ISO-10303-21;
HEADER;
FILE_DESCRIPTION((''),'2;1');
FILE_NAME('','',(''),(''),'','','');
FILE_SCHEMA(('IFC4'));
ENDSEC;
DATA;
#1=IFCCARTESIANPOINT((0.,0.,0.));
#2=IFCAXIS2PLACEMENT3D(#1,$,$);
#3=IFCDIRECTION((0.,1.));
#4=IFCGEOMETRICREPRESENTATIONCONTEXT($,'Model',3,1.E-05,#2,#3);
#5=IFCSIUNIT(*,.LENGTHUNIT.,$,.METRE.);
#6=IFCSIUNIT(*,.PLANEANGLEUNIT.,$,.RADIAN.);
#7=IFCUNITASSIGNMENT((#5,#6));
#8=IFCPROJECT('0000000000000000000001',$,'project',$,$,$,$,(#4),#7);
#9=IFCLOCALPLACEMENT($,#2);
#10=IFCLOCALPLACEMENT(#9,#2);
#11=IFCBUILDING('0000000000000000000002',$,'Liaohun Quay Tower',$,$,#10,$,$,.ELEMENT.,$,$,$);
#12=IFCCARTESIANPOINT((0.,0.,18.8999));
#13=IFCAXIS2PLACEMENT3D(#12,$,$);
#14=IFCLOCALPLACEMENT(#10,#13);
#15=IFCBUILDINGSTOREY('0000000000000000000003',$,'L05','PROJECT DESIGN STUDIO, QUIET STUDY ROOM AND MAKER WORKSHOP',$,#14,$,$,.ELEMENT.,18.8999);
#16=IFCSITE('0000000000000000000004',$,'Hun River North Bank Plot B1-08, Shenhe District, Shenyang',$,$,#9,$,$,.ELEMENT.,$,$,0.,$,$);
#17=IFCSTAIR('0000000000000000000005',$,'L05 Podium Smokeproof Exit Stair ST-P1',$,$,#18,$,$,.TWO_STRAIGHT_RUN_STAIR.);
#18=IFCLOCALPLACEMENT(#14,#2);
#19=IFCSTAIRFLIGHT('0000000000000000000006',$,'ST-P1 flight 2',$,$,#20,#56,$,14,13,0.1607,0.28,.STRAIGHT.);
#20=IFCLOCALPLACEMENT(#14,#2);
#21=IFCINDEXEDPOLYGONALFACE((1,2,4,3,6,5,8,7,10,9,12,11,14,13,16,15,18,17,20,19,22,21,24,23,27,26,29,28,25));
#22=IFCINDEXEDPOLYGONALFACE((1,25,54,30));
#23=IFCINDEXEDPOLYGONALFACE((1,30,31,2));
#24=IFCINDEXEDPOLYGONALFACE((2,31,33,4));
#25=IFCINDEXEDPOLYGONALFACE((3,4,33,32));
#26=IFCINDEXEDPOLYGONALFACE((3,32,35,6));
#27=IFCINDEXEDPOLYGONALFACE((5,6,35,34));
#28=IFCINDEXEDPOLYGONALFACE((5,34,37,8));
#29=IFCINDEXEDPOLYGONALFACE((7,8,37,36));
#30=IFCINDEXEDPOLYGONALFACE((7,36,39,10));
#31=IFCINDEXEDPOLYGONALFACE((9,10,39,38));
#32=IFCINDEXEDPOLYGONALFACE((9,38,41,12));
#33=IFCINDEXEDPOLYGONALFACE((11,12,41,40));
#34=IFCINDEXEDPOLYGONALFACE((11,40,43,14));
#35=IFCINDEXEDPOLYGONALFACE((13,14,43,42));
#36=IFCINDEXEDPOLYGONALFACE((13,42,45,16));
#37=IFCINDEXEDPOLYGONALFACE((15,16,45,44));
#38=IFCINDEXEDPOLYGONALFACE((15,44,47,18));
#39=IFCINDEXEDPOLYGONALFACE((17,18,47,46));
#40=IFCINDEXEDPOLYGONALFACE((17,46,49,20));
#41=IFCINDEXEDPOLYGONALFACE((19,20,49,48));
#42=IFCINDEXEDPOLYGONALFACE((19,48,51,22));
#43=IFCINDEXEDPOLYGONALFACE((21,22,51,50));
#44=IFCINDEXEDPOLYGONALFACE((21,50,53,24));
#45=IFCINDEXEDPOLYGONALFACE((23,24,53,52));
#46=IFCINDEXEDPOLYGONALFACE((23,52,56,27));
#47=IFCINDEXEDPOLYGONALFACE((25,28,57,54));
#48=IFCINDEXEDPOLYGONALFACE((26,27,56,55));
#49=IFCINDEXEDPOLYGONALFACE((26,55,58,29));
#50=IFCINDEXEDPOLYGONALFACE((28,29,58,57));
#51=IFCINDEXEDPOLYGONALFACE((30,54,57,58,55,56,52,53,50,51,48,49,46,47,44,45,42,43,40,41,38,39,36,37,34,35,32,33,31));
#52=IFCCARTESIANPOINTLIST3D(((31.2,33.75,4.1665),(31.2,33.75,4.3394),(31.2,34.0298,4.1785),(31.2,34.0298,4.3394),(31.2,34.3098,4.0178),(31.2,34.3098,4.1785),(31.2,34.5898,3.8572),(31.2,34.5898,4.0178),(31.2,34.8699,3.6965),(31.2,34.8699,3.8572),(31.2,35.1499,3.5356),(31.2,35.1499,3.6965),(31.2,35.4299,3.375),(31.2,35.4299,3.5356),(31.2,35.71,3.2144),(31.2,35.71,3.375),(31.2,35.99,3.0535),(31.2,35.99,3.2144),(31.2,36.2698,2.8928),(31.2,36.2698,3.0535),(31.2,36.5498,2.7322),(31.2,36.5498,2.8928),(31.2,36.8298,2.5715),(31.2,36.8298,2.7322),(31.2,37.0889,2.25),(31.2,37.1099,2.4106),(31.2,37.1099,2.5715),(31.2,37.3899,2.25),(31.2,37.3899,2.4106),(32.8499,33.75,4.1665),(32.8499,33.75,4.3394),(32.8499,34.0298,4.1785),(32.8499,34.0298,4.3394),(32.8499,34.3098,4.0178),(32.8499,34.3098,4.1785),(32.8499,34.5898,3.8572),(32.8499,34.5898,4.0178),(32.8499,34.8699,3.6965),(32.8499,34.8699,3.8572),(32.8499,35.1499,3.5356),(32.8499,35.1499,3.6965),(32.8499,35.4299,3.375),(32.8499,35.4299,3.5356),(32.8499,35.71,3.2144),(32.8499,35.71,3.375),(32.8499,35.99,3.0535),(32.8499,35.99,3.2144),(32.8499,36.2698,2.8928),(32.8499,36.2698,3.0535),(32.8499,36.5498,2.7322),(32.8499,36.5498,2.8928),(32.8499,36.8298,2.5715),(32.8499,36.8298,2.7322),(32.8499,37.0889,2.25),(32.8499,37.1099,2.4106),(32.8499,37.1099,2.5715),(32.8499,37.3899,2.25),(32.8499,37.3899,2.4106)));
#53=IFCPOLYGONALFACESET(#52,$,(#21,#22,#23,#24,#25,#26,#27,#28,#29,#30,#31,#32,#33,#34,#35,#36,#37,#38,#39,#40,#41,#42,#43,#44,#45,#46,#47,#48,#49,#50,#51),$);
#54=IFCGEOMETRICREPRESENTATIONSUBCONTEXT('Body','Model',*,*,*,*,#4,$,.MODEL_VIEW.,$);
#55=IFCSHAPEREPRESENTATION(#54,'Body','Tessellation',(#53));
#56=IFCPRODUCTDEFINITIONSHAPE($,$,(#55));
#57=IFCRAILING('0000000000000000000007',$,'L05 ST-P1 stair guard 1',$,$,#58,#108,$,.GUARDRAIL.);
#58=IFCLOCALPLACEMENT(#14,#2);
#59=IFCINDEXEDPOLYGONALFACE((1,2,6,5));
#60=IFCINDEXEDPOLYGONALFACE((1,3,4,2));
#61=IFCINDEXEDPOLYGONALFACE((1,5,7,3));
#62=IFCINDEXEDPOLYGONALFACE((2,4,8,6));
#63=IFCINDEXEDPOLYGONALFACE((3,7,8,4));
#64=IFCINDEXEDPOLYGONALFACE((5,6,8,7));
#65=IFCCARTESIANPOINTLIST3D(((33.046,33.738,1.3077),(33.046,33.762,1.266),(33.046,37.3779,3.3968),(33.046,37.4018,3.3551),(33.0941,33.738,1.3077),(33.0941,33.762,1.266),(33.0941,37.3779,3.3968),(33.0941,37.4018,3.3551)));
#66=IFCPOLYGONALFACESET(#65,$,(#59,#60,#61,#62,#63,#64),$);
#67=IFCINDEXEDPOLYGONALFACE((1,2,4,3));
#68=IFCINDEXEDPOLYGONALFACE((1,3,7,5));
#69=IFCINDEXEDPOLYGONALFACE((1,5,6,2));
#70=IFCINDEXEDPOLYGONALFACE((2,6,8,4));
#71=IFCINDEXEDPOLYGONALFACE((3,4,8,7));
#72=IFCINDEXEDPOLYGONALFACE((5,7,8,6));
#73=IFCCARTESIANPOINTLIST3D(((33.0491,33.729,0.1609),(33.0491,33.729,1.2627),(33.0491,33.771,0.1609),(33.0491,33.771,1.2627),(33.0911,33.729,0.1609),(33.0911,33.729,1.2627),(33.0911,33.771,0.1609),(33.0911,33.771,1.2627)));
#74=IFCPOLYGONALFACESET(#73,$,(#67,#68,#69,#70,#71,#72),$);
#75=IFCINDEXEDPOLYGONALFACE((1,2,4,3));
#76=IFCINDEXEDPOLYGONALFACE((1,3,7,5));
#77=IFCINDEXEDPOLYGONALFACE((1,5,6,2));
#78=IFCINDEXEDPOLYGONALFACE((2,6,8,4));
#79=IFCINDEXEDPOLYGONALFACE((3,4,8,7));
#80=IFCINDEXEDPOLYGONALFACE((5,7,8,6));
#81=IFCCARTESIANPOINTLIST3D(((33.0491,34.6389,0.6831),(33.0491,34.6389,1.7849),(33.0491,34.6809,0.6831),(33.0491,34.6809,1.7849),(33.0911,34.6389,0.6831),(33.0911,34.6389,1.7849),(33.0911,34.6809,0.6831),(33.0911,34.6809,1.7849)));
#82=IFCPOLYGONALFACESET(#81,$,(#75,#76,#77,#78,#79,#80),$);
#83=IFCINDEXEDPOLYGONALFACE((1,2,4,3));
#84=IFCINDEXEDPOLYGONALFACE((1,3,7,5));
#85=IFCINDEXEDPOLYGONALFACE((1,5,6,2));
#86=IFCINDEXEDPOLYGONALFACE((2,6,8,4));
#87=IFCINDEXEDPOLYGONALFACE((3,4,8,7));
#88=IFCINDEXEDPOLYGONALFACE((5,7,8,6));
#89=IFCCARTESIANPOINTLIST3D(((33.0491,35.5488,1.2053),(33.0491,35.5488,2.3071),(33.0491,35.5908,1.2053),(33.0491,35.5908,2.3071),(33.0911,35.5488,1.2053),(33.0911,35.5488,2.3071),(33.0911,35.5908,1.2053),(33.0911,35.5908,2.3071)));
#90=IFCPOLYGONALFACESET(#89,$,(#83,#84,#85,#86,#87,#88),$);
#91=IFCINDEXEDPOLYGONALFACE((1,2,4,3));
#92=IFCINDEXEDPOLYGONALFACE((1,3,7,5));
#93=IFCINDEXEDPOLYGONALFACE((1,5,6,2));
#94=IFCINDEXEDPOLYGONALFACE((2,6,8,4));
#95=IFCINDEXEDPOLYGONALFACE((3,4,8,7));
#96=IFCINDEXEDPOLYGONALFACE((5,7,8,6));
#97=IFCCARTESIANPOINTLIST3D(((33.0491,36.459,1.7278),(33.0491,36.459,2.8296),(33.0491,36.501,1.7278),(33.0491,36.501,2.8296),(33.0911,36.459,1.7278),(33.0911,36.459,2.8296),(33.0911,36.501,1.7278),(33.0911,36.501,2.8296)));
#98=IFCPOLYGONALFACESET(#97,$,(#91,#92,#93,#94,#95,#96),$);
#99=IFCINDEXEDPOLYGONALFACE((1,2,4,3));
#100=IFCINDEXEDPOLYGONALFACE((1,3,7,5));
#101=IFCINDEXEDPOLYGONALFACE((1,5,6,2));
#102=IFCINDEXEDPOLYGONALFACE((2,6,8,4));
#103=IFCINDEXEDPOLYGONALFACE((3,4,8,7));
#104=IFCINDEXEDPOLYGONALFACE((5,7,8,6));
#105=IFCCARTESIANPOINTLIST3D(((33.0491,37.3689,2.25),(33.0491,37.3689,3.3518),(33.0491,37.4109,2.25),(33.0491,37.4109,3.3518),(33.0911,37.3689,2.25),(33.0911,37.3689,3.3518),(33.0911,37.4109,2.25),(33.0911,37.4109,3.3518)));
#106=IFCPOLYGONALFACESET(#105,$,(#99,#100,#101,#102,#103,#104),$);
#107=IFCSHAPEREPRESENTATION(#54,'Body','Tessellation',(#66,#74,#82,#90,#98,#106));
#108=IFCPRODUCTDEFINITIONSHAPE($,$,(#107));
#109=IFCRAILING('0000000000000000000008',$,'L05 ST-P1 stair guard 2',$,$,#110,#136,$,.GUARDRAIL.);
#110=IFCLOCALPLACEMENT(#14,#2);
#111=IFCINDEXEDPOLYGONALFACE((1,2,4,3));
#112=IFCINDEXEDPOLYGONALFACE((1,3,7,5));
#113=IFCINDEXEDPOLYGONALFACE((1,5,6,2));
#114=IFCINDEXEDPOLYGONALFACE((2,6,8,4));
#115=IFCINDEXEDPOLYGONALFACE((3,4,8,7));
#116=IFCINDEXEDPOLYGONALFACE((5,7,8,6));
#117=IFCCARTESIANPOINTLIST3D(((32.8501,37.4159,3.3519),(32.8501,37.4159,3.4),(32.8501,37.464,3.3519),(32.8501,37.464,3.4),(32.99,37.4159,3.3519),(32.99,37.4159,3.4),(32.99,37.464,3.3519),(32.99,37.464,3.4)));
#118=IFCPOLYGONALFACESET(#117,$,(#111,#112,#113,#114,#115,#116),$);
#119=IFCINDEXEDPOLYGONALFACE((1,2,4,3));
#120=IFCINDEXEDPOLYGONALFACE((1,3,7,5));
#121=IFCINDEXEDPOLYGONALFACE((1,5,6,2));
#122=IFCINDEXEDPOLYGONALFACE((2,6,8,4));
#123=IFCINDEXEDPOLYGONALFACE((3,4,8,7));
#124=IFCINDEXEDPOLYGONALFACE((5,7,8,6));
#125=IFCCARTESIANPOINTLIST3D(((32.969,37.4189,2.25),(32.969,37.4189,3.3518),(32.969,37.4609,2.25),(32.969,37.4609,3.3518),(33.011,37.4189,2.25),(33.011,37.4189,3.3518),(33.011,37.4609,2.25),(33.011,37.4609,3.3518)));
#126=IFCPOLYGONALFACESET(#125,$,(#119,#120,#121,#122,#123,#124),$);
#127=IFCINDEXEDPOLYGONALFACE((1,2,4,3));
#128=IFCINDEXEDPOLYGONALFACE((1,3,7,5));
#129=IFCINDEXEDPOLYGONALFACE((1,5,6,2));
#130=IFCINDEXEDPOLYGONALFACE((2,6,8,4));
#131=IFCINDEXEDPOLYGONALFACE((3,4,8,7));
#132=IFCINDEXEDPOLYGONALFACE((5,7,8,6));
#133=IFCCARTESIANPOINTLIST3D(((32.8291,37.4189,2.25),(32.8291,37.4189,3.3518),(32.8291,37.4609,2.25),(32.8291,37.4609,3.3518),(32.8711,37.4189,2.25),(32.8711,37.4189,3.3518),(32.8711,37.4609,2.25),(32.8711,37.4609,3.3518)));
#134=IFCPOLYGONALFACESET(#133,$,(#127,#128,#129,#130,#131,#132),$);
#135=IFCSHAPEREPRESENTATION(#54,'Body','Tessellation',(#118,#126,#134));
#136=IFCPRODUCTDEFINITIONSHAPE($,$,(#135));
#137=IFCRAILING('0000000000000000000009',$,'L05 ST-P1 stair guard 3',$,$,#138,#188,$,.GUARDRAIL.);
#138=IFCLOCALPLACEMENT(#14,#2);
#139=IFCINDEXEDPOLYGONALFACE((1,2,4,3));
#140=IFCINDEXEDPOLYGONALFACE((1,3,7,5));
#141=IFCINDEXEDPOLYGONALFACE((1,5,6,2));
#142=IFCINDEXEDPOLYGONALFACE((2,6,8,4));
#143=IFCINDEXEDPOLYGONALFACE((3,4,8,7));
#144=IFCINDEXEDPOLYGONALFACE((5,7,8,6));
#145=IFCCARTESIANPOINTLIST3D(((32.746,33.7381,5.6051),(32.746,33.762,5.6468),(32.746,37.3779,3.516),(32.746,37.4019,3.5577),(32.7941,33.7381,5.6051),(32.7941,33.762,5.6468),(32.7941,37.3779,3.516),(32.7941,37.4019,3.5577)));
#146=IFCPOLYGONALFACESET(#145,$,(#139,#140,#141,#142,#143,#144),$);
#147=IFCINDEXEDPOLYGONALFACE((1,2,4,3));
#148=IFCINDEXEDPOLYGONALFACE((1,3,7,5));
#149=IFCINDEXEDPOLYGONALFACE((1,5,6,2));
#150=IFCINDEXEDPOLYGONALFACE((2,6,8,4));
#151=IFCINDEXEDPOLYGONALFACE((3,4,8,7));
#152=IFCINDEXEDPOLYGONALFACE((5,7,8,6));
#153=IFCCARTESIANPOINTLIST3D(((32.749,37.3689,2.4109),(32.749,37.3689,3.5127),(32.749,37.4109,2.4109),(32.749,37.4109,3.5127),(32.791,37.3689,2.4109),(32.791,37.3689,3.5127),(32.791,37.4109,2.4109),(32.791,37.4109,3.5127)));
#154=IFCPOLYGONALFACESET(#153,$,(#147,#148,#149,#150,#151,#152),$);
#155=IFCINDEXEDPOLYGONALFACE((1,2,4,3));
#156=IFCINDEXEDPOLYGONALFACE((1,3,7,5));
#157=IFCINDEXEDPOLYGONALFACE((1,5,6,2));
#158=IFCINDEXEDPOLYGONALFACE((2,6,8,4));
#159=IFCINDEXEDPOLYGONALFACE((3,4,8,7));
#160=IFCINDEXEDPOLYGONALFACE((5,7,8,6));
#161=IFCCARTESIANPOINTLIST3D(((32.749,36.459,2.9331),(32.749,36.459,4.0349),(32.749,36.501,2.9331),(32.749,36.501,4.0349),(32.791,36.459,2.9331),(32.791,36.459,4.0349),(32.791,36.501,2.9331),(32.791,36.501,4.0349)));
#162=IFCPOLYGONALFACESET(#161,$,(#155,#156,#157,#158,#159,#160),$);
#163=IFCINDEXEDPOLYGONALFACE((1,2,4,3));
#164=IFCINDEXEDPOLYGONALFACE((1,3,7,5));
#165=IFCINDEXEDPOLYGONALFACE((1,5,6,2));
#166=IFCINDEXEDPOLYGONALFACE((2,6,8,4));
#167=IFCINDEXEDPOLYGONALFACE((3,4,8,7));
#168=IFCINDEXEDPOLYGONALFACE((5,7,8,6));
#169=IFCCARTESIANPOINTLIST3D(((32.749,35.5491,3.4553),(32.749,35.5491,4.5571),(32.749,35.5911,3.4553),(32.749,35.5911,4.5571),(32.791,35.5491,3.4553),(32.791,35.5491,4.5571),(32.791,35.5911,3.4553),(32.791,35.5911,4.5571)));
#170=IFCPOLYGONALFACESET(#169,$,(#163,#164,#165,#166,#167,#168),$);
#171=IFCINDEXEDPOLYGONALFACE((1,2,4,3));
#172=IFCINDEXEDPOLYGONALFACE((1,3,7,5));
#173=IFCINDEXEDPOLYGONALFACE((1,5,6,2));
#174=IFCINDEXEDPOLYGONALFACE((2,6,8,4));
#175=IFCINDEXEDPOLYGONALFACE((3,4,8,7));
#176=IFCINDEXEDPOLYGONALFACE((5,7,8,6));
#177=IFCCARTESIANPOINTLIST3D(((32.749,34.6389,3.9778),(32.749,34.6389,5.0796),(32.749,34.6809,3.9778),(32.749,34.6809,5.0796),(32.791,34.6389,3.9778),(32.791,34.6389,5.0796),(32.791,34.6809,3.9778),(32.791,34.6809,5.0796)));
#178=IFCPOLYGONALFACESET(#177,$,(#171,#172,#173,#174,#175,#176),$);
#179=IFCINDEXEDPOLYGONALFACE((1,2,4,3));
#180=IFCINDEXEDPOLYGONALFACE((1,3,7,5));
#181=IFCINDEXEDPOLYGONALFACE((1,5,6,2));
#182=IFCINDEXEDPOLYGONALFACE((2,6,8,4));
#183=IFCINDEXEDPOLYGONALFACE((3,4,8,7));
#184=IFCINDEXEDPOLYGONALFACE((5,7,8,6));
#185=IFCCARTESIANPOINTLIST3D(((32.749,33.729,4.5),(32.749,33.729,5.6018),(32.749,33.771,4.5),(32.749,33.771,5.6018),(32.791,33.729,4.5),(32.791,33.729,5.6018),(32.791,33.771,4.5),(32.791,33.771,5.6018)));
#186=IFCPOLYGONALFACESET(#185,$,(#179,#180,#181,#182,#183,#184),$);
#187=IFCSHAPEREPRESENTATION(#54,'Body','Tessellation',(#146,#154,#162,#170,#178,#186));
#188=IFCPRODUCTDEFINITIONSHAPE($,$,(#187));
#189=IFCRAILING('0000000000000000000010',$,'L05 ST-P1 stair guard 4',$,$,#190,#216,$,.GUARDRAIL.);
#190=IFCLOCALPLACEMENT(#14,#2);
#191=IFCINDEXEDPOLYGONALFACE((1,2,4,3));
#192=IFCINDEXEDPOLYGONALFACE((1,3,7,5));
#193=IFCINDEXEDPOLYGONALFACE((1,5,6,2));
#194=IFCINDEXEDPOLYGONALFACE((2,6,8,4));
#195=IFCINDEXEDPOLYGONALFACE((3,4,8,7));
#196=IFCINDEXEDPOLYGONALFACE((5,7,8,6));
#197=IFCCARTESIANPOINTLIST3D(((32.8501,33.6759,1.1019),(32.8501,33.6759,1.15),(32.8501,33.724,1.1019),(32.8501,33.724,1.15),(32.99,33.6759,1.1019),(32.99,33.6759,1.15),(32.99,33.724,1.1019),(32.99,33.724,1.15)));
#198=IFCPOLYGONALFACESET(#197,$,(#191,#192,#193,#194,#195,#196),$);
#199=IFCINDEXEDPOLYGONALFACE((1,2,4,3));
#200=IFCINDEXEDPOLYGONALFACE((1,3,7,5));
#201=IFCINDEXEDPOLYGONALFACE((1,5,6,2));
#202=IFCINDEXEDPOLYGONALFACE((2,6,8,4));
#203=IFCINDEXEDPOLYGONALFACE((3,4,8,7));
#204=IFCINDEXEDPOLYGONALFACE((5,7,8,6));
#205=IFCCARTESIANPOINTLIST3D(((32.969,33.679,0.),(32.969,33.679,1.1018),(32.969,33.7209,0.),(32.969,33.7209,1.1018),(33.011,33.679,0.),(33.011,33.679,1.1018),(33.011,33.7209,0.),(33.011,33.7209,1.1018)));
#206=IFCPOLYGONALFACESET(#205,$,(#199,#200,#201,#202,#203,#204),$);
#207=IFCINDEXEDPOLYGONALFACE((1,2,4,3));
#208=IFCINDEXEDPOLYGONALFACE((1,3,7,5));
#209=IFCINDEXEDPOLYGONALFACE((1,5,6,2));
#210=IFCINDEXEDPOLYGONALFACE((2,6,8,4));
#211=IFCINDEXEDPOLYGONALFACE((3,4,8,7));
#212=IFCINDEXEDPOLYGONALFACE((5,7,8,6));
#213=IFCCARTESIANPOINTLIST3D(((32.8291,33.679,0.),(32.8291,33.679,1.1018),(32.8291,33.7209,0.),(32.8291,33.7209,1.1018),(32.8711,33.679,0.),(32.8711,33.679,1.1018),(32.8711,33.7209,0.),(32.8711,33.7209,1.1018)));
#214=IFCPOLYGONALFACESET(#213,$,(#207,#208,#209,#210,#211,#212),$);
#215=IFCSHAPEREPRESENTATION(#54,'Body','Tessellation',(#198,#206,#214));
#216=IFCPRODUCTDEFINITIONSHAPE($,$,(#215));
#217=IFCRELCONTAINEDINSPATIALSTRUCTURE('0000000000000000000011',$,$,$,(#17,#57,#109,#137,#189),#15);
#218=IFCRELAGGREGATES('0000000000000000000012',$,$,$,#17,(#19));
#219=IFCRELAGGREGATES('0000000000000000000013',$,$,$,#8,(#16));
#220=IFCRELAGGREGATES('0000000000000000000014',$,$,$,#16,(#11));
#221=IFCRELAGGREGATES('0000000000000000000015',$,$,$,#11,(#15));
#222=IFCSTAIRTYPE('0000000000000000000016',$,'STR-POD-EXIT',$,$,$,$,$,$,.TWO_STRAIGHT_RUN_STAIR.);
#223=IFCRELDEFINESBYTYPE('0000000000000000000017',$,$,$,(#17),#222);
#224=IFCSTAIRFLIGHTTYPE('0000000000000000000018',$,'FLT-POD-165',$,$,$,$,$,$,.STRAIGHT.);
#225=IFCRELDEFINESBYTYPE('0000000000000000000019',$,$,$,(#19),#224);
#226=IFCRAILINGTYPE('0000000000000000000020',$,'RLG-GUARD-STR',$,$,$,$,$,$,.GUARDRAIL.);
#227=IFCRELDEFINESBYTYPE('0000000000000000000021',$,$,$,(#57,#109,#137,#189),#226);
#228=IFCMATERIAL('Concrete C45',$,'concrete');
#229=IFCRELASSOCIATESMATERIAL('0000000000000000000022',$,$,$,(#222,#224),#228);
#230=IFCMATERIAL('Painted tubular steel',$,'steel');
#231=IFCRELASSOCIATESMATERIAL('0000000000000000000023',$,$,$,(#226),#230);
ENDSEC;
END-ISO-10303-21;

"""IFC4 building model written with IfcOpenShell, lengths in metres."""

from ifc_helpers import new_model, si_unit, direction, frame, origin, origin_2d, place, context, subcontext, project, spatial, polyline, rectangle, outline, extrude, material, type_object, element, aggregate, save


model = new_model("IFC4")

# Units and contexts
model_context = context("Model", 3, precision=1e-05, world=origin(), true_north=direction((0.0, 1.0)))
body_context = subcontext(model_context, "Body", "Model", "MODEL_VIEW")
ifc_project = project(units=[si_unit("LENGTHUNIT", "METRE"), si_unit("PLANEANGLEUNIT", "RADIAN")], contexts=[model_context])

# Site, building, storey
site_placement = place(None, origin())
site = spatial("IfcSite", under=ifc_project, at=site_placement, Name="Hun River North Bank Plot B1-08, Shenhe District, Shenyang", CompositionType="ELEMENT", RefElevation=0.0)
building_placement = place(site_placement, origin())
building = spatial("IfcBuilding", under=site, at=building_placement, Name="Liaohun Quay Tower", CompositionType="ELEMENT")
storey_placement = place(building_placement, frame((0.0, 0.0, 18.8999)))
storey = spatial("IfcBuildingStorey", under=building, at=storey_placement, Name="L05", Description="PROJECT DESIGN STUDIO, QUIET STUDY ROOM AND MAKER WORKSHOP", CompositionType="ELEMENT", Elevation=18.8999)

# Stair, stair flight
ifc_material_1 = material(Name="Concrete C45", Category="concrete")
stair_type = type_object("IfcStairType", Name="STR-POD-EXIT", PredefinedType="TWO_STRAIGHT_RUN_STAIR", material=ifc_material_1)
stair_placement = place(storey_placement, origin())
stair = element("IfcStair", 1, at=stair_placement, inside=storey, type_object=stair_type, Name="L05 Podium Smokeproof Exit Stair ST-P1", PredefinedType="TWO_STRAIGHT_RUN_STAIR")
stair_flight_type = type_object("IfcStairFlightType", Name="FLT-POD-165", PredefinedType="STRAIGHT", material=ifc_material_1)
stair_flight_1_placement = place(storey_placement, frame((32.0249, 37.3899, 2.25), z_axis=(0.0, 0.0, 1.0), x_axis=(0.0, -1.0, 0.0)))
stair_flight_1 = element("IfcStairFlight", 2, at=stair_flight_1_placement, type_object=stair_flight_type, Name="ST-P1 flight 2", NumberOfRisers=14, NumberOfTreads=13, PredefinedType="STRAIGHT", RiserHeight=0.1607, TreadLength=0.28, context=body_context, shape_type="SweptSolid", body=[
    extrude(outline(polyline([(0.0, 0.0), (0.0, 0.1606), (0.28, 0.1606), (0.28, 0.3215), (0.5601, 0.3215), (0.5601, 0.4822), (0.8401, 0.4822), (0.8401, 0.6428), (1.1201, 0.6428), (1.1201, 0.8035), (1.3999, 0.8035), (1.3999, 0.9644), (1.6799, 0.9644), (1.6799, 1.125), (1.96, 1.125), (1.96, 1.2856), (2.24, 1.2856), (2.24, 1.4465), (2.52, 1.4465), (2.52, 1.6072), (2.8, 1.6072), (2.8, 1.7678), (3.0801, 1.7678), (3.0801, 1.9285), (3.3601, 1.9285), (3.3601, 2.0894), (3.6399, 2.0894), (3.6399, 2.25), (3.6399, 1.9165), (0.301, 0.0), (0.0, 0.0)])), frame((0.0, 0.825, 0.0), z_axis=(0.0, -1.0, 0.0), x_axis=(1.0, 0.0, 0.0)), (0.0, 0.0, 1.0), 1.6499),
])
aggregate(stair, [stair_flight_1])

# Railings
ifc_material_2 = material(Name="Painted tubular steel", Category="steel")
railing_type_1 = type_object("IfcRailingType", Name="RLG-GUARD-STR", PredefinedType="GUARDRAIL", material=ifc_material_2)
railing_1_placement = place(storey_placement, frame((33.0701, 33.75, 0.1609)))
element("IfcRailing", 3, at=railing_1_placement, inside=storey, type_object=railing_type_1, Name="L05 ST-P1 stair guard 1", PredefinedType="GUARDRAIL", context=body_context, shape_type="SweptSolid", body=[
    extrude(rectangle(XDim=0.0481, YDim=0.0481, at=origin_2d()), frame((0.0, 0.0, 1.126), z_axis=(0.0, 0.8673, 0.497786), x_axis=(-1.0, 0.0, 0.0)), (0.0, 0.0, 1.0), 4.1968),
    extrude(rectangle(XDim=0.042, YDim=0.042, at=origin_2d()), origin(), (0.0, 0.0, 1.0), 1.1018),
    extrude(rectangle(XDim=0.042, YDim=0.042, at=origin_2d()), frame((0.0, 0.9099, 0.5222)), (0.0, 0.0, 1.0), 1.1018),
    extrude(rectangle(XDim=0.042, YDim=0.042, at=origin_2d()), frame((0.0, 1.8198, 1.0444)), (0.0, 0.0, 1.0), 1.1018),
    extrude(rectangle(XDim=0.042, YDim=0.042, at=origin_2d()), frame((0.0, 2.73, 1.5669)), (0.0, 0.0, 1.0), 1.1018),
    extrude(rectangle(XDim=0.042, YDim=0.042, at=origin_2d()), frame((0.0, 3.6399, 2.0891)), (0.0, 0.0, 1.0), 1.1018),
])
railing_2_placement = place(storey_placement, frame((32.99, 37.4399, 2.25)))
element("IfcRailing", 4, at=railing_2_placement, inside=storey, type_object=railing_type_1, Name="L05 ST-P1 stair guard 2", PredefinedType="GUARDRAIL", context=body_context, shape_type="SweptSolid", body=[
    extrude(rectangle(XDim=0.0481, YDim=0.0481, at=origin_2d()), frame((0.0, 0.0, 1.126), z_axis=(-1.0, 0.0, 0.0), x_axis=(0.0, -1.0, 0.0)), (0.0, 0.0, 1.0), 0.1399),
    extrude(rectangle(XDim=0.042, YDim=0.042, at=origin_2d()), origin(), (0.0, 0.0, 1.0), 1.1018),
    extrude(rectangle(XDim=0.042, YDim=0.042, at=origin_2d()), frame((-0.1399, 0.0, 0.0)), (0.0, 0.0, 1.0), 1.1018),
])
railing_3_placement = place(storey_placement, frame((32.77, 37.3899, 2.4109)))
element("IfcRailing", 5, at=railing_3_placement, inside=storey, type_object=railing_type_1, Name="L05 ST-P1 stair guard 3", PredefinedType="GUARDRAIL", context=body_context, shape_type="SweptSolid", body=[
    extrude(rectangle(XDim=0.0481, YDim=0.0481, at=origin_2d()), frame((0.0, 0.0, 1.126), z_axis=(0.0, -0.8673, 0.497786), x_axis=(1.0, 0.0, 0.0)), (0.0, 0.0, 1.0), 4.1968),
    extrude(rectangle(XDim=0.042, YDim=0.042, at=origin_2d()), origin(), (0.0, 0.0, 1.0), 1.1018),
    extrude(rectangle(XDim=0.042, YDim=0.042, at=origin_2d()), frame((0.0, -0.9099, 0.5222)), (0.0, 0.0, 1.0), 1.1018),
    extrude(rectangle(XDim=0.042, YDim=0.042, at=origin_2d()), frame((0.0, -1.8198, 1.0444)), (0.0, 0.0, 1.0), 1.1018),
    extrude(rectangle(XDim=0.042, YDim=0.042, at=origin_2d()), frame((0.0, -2.73, 1.5669)), (0.0, 0.0, 1.0), 1.1018),
    extrude(rectangle(XDim=0.042, YDim=0.042, at=origin_2d()), frame((0.0, -3.6399, 2.0891)), (0.0, 0.0, 1.0), 1.1018),
])
railing_4_placement = place(storey_placement, frame((32.99, 33.7, 0.0)))
element("IfcRailing", 6, at=railing_4_placement, inside=storey, type_object=railing_type_1, Name="L05 ST-P1 stair guard 4", PredefinedType="GUARDRAIL", context=body_context, shape_type="SweptSolid", body=[
    extrude(rectangle(XDim=0.0481, YDim=0.0481, at=origin_2d()), frame((0.0, 0.0, 1.126), z_axis=(-1.0, 0.0, 0.0), x_axis=(0.0, -1.0, 0.0)), (0.0, 0.0, 1.0), 0.1399),
    extrude(rectangle(XDim=0.042, YDim=0.042, at=origin_2d()), origin(), (0.0, 0.0, 1.0), 1.1018),
    extrude(rectangle(XDim=0.042, YDim=0.042, at=origin_2d()), frame((-0.1399, 0.0, 0.0)), (0.0, 0.0, 1.0), 1.1018),
])

save(model, "model.ifc")
